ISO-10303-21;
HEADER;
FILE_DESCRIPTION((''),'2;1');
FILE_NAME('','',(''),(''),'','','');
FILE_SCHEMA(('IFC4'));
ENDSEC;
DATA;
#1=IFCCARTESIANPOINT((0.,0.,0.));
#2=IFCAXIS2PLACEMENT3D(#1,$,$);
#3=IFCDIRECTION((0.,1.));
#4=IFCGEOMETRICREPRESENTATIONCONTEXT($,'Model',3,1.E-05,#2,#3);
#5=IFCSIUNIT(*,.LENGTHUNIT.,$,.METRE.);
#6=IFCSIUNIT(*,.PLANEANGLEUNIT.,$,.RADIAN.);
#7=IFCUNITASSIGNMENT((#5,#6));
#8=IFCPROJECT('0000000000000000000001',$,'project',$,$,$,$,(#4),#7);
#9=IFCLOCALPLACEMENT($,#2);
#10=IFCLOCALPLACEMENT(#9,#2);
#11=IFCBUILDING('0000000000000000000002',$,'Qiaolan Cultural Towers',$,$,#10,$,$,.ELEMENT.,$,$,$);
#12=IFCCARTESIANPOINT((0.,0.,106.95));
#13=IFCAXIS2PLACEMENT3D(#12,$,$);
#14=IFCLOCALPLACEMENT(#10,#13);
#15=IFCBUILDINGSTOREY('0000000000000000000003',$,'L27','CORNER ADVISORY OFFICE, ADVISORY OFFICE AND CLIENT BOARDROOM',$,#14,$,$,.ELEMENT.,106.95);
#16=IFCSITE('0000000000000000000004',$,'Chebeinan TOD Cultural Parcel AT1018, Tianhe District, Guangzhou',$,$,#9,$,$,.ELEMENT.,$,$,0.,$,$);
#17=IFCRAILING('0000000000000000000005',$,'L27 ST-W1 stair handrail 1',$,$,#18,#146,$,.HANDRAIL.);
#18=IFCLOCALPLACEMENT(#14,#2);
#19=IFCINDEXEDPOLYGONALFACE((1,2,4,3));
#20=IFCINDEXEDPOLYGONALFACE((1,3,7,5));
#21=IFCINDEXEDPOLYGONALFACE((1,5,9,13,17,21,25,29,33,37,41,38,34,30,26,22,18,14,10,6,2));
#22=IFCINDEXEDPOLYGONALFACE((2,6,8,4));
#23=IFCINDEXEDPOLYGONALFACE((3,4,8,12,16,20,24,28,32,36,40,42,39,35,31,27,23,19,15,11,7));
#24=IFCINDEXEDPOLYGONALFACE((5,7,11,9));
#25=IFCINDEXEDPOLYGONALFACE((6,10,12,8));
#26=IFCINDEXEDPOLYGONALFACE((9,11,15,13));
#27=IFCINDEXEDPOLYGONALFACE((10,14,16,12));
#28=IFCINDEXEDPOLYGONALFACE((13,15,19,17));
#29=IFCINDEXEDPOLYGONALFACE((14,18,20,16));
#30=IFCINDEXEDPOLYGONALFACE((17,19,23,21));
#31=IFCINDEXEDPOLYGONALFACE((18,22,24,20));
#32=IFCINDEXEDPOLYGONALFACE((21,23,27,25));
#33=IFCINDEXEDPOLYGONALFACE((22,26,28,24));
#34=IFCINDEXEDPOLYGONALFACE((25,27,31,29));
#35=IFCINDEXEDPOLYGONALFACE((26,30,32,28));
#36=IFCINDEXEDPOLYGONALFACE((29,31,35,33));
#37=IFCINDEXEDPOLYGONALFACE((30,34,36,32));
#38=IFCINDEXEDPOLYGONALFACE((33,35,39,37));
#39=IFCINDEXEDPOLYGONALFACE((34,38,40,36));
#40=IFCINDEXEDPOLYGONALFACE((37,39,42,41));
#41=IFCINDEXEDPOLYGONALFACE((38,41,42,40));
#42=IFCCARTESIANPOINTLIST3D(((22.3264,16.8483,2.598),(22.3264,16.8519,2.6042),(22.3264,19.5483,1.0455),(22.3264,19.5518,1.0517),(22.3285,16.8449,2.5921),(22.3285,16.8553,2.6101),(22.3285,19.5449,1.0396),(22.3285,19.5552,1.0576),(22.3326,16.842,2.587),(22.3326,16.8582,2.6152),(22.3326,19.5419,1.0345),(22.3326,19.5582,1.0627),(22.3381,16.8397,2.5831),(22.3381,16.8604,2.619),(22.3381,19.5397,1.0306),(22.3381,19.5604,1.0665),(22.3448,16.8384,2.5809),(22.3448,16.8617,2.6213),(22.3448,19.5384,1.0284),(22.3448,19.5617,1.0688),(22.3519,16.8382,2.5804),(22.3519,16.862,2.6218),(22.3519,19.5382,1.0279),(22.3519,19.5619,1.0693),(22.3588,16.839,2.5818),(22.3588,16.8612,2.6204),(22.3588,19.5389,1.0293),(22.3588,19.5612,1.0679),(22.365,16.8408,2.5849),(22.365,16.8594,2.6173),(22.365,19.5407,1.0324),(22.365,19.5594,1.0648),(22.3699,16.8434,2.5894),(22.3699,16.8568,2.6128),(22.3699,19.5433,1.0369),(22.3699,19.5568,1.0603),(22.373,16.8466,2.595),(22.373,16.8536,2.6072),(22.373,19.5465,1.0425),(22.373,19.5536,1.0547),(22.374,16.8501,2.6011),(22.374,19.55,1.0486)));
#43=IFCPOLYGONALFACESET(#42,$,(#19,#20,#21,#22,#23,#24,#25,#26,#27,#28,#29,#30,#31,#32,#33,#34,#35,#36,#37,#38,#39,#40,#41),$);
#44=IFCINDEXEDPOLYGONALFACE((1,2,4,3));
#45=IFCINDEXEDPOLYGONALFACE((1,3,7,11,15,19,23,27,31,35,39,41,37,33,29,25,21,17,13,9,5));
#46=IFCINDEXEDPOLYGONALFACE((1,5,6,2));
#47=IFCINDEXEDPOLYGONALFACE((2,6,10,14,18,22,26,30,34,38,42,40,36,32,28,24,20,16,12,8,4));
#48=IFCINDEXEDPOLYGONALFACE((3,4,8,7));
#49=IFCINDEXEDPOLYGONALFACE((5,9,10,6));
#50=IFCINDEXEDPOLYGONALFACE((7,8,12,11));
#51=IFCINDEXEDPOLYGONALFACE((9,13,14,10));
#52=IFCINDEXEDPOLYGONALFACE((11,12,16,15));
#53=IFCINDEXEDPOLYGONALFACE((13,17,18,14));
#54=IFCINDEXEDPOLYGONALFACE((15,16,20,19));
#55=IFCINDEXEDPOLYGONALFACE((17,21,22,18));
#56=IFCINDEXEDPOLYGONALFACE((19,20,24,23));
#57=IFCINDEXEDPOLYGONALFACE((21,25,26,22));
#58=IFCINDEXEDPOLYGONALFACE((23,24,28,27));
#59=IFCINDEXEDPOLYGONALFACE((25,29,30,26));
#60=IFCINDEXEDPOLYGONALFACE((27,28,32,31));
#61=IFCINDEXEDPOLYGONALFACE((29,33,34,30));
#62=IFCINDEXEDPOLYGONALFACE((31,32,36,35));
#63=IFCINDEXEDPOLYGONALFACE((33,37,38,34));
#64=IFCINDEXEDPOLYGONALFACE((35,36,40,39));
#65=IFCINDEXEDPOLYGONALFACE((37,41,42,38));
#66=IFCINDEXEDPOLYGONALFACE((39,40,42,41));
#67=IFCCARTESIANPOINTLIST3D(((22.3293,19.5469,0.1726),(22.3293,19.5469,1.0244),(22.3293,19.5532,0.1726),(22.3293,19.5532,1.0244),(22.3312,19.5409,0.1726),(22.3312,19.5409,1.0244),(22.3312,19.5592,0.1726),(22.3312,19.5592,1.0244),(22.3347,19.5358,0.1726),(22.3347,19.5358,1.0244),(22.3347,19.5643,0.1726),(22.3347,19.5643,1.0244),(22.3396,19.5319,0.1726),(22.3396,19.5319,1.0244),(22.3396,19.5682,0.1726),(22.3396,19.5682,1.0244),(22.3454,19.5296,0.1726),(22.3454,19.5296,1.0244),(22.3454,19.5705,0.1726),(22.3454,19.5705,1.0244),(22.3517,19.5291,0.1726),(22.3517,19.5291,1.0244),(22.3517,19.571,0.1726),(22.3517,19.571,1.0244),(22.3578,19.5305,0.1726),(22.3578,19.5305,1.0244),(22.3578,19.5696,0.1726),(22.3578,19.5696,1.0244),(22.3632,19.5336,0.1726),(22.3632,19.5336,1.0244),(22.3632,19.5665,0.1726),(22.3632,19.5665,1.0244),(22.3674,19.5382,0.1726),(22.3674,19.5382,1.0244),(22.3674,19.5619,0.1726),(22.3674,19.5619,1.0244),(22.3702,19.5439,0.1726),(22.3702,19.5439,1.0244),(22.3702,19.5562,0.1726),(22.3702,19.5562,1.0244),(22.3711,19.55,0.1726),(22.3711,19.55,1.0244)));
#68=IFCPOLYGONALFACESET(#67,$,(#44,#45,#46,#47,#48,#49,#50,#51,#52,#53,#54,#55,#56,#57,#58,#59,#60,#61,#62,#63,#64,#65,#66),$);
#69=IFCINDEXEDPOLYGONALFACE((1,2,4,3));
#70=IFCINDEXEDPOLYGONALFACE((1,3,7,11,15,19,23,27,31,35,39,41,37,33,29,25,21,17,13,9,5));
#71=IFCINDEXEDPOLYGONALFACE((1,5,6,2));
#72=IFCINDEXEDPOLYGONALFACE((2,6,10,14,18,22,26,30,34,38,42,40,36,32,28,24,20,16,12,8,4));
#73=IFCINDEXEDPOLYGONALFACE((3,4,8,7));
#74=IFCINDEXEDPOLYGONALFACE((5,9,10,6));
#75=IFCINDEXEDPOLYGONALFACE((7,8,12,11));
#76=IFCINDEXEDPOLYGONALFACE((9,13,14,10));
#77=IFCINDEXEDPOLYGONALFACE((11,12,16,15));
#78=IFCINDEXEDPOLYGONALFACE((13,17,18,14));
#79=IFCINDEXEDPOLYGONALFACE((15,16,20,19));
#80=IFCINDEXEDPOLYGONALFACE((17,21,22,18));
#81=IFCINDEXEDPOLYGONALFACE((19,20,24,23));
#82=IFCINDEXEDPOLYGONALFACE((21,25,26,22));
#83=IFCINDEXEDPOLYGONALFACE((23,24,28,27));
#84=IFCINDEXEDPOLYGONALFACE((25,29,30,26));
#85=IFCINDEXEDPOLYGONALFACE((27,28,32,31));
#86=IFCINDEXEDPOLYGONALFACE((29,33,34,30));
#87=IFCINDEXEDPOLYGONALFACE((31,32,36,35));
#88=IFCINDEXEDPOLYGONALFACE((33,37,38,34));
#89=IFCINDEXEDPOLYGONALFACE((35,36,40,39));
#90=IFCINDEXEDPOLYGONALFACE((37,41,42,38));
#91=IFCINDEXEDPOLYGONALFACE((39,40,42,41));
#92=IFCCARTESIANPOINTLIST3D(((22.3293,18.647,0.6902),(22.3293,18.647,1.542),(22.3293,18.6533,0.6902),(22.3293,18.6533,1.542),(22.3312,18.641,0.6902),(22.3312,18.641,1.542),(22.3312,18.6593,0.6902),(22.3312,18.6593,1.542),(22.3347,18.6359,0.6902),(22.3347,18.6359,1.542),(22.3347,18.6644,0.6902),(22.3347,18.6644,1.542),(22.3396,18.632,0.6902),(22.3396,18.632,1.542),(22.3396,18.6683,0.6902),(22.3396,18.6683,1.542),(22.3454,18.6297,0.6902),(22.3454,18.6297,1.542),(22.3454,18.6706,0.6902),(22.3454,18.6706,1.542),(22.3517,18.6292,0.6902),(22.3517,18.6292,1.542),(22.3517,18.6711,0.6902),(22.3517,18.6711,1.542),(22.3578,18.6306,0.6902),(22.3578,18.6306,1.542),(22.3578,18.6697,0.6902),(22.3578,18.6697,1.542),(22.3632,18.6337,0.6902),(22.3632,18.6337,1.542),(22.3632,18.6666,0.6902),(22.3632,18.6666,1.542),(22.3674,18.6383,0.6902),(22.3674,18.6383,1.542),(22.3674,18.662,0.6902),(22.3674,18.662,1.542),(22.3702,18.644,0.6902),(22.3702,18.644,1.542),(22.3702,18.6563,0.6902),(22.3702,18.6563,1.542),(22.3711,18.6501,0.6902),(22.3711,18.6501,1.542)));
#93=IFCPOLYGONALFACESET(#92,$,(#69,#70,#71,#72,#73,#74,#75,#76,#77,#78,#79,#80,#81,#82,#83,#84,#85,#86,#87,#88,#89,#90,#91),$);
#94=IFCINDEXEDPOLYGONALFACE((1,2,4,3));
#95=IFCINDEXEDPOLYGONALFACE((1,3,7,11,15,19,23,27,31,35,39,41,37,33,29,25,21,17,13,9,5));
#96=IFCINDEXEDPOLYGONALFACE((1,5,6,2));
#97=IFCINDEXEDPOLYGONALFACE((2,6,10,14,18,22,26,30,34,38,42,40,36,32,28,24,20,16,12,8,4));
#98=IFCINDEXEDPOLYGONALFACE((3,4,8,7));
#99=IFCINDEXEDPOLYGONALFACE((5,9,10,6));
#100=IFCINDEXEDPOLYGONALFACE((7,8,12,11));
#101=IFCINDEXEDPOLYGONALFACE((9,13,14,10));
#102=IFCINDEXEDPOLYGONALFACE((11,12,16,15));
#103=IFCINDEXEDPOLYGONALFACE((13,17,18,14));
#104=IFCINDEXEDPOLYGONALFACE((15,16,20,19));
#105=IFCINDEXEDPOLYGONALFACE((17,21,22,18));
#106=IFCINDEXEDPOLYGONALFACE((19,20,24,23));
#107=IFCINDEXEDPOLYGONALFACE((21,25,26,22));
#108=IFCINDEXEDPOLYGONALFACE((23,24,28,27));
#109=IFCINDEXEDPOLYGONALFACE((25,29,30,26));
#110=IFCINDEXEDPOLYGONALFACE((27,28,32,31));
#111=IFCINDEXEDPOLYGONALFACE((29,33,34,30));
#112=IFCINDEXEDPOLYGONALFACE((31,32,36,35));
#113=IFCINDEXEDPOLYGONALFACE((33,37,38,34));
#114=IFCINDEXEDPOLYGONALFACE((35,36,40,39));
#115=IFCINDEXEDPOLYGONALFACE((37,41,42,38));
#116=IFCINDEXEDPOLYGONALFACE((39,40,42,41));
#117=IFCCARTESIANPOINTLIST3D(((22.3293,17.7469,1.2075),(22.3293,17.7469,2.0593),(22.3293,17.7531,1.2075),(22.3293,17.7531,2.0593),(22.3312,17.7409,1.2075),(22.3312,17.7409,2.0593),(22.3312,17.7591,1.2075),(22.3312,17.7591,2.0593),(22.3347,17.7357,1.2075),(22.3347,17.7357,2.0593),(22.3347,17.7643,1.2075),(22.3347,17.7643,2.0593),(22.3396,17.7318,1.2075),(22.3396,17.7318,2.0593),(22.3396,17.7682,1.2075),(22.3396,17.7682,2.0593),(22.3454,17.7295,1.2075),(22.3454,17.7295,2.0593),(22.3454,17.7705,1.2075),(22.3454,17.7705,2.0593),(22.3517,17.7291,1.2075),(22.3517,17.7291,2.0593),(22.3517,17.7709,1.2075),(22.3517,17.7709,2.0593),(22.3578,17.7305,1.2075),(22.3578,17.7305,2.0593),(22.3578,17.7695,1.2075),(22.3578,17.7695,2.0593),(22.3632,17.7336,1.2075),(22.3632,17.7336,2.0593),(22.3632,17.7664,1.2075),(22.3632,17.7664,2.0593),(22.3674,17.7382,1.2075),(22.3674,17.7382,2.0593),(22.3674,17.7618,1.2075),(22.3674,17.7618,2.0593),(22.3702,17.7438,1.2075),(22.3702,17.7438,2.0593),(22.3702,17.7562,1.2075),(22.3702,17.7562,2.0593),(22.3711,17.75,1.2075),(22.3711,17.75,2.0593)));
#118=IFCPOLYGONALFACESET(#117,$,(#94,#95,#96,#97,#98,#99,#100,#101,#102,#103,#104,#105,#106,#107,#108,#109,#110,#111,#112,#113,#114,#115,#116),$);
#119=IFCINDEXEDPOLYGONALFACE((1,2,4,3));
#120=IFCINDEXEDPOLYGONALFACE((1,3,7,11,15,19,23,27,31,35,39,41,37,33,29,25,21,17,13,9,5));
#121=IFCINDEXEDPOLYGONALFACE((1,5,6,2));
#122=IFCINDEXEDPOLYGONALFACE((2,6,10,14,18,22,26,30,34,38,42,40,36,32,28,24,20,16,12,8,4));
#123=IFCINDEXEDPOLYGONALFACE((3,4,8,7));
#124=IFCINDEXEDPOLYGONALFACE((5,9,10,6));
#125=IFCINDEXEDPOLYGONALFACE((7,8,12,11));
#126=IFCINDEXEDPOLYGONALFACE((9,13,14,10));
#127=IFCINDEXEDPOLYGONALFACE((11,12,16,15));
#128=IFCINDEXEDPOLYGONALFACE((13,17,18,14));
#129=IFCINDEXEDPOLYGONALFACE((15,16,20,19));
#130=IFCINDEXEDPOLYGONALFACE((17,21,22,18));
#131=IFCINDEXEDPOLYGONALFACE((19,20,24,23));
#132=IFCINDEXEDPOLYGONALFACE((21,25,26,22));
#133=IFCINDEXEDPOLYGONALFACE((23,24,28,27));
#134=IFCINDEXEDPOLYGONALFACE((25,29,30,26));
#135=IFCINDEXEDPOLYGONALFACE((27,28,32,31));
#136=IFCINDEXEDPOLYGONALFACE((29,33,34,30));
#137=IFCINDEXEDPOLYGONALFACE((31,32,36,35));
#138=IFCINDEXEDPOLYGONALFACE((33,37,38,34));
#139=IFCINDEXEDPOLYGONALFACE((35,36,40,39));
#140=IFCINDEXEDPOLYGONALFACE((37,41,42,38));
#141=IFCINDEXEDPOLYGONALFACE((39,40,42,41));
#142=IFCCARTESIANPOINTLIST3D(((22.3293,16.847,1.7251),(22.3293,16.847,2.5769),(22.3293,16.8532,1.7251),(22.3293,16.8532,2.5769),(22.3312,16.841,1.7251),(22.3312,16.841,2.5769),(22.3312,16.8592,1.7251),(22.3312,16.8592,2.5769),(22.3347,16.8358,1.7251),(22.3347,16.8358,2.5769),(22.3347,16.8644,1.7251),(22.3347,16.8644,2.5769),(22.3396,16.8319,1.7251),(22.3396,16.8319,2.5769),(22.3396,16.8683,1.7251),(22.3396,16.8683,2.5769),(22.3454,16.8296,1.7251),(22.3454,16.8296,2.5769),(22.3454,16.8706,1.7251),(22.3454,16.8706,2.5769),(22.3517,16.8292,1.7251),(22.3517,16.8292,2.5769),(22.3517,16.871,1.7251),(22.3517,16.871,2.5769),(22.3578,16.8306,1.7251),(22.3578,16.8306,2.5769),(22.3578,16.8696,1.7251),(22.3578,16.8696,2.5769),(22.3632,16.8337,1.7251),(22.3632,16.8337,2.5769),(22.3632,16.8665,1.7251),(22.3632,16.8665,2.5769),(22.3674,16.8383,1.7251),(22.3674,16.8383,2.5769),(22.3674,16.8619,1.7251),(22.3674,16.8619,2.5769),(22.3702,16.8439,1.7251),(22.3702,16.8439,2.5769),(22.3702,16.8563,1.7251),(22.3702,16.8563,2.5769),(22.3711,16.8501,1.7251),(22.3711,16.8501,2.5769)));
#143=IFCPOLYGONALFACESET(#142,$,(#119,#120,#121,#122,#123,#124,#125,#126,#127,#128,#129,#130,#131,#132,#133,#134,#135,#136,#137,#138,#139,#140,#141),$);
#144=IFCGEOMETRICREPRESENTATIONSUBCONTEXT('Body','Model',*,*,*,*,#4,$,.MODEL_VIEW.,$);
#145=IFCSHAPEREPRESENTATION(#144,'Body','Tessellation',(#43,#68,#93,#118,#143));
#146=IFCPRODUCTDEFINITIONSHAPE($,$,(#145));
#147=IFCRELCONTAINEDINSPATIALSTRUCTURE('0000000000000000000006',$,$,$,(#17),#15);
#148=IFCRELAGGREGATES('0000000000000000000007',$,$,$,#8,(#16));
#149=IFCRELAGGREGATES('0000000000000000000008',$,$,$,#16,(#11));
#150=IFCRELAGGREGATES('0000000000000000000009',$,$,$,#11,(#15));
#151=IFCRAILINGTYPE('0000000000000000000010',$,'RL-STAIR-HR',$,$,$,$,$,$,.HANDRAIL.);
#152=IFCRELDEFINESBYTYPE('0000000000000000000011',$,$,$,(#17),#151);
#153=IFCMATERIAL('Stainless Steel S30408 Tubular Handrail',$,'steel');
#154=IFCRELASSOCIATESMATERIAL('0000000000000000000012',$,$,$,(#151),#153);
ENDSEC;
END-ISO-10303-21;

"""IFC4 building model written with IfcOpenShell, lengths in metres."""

from ifc_helpers import new_model, si_unit, direction, frame, origin, origin_2d, place, context, subcontext, project, spatial, circle, extrude, material, type_object, element, save


model = new_model("IFC4")

# Units and contexts
model_context = context("Model", 3, precision=1e-05, world=origin(), true_north=direction((0.0, 1.0)))
body_context = subcontext(model_context, "Body", "Model", "MODEL_VIEW")
ifc_project = project(units=[si_unit("LENGTHUNIT", "METRE"), si_unit("PLANEANGLEUNIT", "RADIAN")], contexts=[model_context])

# Site, building, storey
site_placement = place(None, origin())
site = spatial("IfcSite", under=ifc_project, at=site_placement, Name="Chebeinan TOD Cultural Parcel AT1018, Tianhe District, Guangzhou", CompositionType="ELEMENT", RefElevation=0.0)
building_placement = place(site_placement, origin())
building = spatial("IfcBuilding", under=site, at=building_placement, Name="Qiaolan Cultural Towers", CompositionType="ELEMENT")
storey_placement = place(building_placement, frame((0.0, 0.0, 106.95)))
storey = spatial("IfcBuildingStorey", under=building, at=storey_placement, Name="L27", Description="CORNER ADVISORY OFFICE, ADVISORY OFFICE AND CLIENT BOARDROOM", CompositionType="ELEMENT", Elevation=106.95)

# Railing
ifc_material_1 = material(Name="Stainless Steel S30408 Tubular Handrail", Category="steel")
railing_type_1 = type_object("IfcRailingType", Name="RL-STAIR-HR", PredefinedType="HANDRAIL", material=ifc_material_1)
railing_1_placement = place(storey_placement, frame((22.3501, 19.55, 0.1726)))
element("IfcRailing", 1, at=railing_1_placement, inside=storey, type_object=railing_type_1, Name="L27 ST-W1 stair handrail 1", PredefinedType="HANDRAIL", context=body_context, shape_type="SweptSolid", body=[
    extrude(circle(Radius=0.0239, at=origin_2d()), frame((0.0, 0.0, 0.876), z_axis=(0.0, -0.866904, 0.498476), x_axis=(1.0, 0.0, 0.0)), (0.0, 0.0, 1.0), 3.1145),
    extrude(circle(Radius=0.021, at=origin_2d()), origin(), (0.0, 0.0, 1.0), 0.8518),
    extrude(circle(Radius=0.021, at=origin_2d()), frame((0.0, -0.8999, 0.5176)), (0.0, 0.0, 1.0), 0.8518),
    extrude(circle(Radius=0.021, at=origin_2d()), frame((0.0, -1.8, 1.0349)), (0.0, 0.0, 1.0), 0.8518),
    extrude(circle(Radius=0.021, at=origin_2d()), frame((0.0, -2.7, 1.5525)), (0.0, 0.0, 1.0), 0.8518),
])

save(model, "model.ifc")
